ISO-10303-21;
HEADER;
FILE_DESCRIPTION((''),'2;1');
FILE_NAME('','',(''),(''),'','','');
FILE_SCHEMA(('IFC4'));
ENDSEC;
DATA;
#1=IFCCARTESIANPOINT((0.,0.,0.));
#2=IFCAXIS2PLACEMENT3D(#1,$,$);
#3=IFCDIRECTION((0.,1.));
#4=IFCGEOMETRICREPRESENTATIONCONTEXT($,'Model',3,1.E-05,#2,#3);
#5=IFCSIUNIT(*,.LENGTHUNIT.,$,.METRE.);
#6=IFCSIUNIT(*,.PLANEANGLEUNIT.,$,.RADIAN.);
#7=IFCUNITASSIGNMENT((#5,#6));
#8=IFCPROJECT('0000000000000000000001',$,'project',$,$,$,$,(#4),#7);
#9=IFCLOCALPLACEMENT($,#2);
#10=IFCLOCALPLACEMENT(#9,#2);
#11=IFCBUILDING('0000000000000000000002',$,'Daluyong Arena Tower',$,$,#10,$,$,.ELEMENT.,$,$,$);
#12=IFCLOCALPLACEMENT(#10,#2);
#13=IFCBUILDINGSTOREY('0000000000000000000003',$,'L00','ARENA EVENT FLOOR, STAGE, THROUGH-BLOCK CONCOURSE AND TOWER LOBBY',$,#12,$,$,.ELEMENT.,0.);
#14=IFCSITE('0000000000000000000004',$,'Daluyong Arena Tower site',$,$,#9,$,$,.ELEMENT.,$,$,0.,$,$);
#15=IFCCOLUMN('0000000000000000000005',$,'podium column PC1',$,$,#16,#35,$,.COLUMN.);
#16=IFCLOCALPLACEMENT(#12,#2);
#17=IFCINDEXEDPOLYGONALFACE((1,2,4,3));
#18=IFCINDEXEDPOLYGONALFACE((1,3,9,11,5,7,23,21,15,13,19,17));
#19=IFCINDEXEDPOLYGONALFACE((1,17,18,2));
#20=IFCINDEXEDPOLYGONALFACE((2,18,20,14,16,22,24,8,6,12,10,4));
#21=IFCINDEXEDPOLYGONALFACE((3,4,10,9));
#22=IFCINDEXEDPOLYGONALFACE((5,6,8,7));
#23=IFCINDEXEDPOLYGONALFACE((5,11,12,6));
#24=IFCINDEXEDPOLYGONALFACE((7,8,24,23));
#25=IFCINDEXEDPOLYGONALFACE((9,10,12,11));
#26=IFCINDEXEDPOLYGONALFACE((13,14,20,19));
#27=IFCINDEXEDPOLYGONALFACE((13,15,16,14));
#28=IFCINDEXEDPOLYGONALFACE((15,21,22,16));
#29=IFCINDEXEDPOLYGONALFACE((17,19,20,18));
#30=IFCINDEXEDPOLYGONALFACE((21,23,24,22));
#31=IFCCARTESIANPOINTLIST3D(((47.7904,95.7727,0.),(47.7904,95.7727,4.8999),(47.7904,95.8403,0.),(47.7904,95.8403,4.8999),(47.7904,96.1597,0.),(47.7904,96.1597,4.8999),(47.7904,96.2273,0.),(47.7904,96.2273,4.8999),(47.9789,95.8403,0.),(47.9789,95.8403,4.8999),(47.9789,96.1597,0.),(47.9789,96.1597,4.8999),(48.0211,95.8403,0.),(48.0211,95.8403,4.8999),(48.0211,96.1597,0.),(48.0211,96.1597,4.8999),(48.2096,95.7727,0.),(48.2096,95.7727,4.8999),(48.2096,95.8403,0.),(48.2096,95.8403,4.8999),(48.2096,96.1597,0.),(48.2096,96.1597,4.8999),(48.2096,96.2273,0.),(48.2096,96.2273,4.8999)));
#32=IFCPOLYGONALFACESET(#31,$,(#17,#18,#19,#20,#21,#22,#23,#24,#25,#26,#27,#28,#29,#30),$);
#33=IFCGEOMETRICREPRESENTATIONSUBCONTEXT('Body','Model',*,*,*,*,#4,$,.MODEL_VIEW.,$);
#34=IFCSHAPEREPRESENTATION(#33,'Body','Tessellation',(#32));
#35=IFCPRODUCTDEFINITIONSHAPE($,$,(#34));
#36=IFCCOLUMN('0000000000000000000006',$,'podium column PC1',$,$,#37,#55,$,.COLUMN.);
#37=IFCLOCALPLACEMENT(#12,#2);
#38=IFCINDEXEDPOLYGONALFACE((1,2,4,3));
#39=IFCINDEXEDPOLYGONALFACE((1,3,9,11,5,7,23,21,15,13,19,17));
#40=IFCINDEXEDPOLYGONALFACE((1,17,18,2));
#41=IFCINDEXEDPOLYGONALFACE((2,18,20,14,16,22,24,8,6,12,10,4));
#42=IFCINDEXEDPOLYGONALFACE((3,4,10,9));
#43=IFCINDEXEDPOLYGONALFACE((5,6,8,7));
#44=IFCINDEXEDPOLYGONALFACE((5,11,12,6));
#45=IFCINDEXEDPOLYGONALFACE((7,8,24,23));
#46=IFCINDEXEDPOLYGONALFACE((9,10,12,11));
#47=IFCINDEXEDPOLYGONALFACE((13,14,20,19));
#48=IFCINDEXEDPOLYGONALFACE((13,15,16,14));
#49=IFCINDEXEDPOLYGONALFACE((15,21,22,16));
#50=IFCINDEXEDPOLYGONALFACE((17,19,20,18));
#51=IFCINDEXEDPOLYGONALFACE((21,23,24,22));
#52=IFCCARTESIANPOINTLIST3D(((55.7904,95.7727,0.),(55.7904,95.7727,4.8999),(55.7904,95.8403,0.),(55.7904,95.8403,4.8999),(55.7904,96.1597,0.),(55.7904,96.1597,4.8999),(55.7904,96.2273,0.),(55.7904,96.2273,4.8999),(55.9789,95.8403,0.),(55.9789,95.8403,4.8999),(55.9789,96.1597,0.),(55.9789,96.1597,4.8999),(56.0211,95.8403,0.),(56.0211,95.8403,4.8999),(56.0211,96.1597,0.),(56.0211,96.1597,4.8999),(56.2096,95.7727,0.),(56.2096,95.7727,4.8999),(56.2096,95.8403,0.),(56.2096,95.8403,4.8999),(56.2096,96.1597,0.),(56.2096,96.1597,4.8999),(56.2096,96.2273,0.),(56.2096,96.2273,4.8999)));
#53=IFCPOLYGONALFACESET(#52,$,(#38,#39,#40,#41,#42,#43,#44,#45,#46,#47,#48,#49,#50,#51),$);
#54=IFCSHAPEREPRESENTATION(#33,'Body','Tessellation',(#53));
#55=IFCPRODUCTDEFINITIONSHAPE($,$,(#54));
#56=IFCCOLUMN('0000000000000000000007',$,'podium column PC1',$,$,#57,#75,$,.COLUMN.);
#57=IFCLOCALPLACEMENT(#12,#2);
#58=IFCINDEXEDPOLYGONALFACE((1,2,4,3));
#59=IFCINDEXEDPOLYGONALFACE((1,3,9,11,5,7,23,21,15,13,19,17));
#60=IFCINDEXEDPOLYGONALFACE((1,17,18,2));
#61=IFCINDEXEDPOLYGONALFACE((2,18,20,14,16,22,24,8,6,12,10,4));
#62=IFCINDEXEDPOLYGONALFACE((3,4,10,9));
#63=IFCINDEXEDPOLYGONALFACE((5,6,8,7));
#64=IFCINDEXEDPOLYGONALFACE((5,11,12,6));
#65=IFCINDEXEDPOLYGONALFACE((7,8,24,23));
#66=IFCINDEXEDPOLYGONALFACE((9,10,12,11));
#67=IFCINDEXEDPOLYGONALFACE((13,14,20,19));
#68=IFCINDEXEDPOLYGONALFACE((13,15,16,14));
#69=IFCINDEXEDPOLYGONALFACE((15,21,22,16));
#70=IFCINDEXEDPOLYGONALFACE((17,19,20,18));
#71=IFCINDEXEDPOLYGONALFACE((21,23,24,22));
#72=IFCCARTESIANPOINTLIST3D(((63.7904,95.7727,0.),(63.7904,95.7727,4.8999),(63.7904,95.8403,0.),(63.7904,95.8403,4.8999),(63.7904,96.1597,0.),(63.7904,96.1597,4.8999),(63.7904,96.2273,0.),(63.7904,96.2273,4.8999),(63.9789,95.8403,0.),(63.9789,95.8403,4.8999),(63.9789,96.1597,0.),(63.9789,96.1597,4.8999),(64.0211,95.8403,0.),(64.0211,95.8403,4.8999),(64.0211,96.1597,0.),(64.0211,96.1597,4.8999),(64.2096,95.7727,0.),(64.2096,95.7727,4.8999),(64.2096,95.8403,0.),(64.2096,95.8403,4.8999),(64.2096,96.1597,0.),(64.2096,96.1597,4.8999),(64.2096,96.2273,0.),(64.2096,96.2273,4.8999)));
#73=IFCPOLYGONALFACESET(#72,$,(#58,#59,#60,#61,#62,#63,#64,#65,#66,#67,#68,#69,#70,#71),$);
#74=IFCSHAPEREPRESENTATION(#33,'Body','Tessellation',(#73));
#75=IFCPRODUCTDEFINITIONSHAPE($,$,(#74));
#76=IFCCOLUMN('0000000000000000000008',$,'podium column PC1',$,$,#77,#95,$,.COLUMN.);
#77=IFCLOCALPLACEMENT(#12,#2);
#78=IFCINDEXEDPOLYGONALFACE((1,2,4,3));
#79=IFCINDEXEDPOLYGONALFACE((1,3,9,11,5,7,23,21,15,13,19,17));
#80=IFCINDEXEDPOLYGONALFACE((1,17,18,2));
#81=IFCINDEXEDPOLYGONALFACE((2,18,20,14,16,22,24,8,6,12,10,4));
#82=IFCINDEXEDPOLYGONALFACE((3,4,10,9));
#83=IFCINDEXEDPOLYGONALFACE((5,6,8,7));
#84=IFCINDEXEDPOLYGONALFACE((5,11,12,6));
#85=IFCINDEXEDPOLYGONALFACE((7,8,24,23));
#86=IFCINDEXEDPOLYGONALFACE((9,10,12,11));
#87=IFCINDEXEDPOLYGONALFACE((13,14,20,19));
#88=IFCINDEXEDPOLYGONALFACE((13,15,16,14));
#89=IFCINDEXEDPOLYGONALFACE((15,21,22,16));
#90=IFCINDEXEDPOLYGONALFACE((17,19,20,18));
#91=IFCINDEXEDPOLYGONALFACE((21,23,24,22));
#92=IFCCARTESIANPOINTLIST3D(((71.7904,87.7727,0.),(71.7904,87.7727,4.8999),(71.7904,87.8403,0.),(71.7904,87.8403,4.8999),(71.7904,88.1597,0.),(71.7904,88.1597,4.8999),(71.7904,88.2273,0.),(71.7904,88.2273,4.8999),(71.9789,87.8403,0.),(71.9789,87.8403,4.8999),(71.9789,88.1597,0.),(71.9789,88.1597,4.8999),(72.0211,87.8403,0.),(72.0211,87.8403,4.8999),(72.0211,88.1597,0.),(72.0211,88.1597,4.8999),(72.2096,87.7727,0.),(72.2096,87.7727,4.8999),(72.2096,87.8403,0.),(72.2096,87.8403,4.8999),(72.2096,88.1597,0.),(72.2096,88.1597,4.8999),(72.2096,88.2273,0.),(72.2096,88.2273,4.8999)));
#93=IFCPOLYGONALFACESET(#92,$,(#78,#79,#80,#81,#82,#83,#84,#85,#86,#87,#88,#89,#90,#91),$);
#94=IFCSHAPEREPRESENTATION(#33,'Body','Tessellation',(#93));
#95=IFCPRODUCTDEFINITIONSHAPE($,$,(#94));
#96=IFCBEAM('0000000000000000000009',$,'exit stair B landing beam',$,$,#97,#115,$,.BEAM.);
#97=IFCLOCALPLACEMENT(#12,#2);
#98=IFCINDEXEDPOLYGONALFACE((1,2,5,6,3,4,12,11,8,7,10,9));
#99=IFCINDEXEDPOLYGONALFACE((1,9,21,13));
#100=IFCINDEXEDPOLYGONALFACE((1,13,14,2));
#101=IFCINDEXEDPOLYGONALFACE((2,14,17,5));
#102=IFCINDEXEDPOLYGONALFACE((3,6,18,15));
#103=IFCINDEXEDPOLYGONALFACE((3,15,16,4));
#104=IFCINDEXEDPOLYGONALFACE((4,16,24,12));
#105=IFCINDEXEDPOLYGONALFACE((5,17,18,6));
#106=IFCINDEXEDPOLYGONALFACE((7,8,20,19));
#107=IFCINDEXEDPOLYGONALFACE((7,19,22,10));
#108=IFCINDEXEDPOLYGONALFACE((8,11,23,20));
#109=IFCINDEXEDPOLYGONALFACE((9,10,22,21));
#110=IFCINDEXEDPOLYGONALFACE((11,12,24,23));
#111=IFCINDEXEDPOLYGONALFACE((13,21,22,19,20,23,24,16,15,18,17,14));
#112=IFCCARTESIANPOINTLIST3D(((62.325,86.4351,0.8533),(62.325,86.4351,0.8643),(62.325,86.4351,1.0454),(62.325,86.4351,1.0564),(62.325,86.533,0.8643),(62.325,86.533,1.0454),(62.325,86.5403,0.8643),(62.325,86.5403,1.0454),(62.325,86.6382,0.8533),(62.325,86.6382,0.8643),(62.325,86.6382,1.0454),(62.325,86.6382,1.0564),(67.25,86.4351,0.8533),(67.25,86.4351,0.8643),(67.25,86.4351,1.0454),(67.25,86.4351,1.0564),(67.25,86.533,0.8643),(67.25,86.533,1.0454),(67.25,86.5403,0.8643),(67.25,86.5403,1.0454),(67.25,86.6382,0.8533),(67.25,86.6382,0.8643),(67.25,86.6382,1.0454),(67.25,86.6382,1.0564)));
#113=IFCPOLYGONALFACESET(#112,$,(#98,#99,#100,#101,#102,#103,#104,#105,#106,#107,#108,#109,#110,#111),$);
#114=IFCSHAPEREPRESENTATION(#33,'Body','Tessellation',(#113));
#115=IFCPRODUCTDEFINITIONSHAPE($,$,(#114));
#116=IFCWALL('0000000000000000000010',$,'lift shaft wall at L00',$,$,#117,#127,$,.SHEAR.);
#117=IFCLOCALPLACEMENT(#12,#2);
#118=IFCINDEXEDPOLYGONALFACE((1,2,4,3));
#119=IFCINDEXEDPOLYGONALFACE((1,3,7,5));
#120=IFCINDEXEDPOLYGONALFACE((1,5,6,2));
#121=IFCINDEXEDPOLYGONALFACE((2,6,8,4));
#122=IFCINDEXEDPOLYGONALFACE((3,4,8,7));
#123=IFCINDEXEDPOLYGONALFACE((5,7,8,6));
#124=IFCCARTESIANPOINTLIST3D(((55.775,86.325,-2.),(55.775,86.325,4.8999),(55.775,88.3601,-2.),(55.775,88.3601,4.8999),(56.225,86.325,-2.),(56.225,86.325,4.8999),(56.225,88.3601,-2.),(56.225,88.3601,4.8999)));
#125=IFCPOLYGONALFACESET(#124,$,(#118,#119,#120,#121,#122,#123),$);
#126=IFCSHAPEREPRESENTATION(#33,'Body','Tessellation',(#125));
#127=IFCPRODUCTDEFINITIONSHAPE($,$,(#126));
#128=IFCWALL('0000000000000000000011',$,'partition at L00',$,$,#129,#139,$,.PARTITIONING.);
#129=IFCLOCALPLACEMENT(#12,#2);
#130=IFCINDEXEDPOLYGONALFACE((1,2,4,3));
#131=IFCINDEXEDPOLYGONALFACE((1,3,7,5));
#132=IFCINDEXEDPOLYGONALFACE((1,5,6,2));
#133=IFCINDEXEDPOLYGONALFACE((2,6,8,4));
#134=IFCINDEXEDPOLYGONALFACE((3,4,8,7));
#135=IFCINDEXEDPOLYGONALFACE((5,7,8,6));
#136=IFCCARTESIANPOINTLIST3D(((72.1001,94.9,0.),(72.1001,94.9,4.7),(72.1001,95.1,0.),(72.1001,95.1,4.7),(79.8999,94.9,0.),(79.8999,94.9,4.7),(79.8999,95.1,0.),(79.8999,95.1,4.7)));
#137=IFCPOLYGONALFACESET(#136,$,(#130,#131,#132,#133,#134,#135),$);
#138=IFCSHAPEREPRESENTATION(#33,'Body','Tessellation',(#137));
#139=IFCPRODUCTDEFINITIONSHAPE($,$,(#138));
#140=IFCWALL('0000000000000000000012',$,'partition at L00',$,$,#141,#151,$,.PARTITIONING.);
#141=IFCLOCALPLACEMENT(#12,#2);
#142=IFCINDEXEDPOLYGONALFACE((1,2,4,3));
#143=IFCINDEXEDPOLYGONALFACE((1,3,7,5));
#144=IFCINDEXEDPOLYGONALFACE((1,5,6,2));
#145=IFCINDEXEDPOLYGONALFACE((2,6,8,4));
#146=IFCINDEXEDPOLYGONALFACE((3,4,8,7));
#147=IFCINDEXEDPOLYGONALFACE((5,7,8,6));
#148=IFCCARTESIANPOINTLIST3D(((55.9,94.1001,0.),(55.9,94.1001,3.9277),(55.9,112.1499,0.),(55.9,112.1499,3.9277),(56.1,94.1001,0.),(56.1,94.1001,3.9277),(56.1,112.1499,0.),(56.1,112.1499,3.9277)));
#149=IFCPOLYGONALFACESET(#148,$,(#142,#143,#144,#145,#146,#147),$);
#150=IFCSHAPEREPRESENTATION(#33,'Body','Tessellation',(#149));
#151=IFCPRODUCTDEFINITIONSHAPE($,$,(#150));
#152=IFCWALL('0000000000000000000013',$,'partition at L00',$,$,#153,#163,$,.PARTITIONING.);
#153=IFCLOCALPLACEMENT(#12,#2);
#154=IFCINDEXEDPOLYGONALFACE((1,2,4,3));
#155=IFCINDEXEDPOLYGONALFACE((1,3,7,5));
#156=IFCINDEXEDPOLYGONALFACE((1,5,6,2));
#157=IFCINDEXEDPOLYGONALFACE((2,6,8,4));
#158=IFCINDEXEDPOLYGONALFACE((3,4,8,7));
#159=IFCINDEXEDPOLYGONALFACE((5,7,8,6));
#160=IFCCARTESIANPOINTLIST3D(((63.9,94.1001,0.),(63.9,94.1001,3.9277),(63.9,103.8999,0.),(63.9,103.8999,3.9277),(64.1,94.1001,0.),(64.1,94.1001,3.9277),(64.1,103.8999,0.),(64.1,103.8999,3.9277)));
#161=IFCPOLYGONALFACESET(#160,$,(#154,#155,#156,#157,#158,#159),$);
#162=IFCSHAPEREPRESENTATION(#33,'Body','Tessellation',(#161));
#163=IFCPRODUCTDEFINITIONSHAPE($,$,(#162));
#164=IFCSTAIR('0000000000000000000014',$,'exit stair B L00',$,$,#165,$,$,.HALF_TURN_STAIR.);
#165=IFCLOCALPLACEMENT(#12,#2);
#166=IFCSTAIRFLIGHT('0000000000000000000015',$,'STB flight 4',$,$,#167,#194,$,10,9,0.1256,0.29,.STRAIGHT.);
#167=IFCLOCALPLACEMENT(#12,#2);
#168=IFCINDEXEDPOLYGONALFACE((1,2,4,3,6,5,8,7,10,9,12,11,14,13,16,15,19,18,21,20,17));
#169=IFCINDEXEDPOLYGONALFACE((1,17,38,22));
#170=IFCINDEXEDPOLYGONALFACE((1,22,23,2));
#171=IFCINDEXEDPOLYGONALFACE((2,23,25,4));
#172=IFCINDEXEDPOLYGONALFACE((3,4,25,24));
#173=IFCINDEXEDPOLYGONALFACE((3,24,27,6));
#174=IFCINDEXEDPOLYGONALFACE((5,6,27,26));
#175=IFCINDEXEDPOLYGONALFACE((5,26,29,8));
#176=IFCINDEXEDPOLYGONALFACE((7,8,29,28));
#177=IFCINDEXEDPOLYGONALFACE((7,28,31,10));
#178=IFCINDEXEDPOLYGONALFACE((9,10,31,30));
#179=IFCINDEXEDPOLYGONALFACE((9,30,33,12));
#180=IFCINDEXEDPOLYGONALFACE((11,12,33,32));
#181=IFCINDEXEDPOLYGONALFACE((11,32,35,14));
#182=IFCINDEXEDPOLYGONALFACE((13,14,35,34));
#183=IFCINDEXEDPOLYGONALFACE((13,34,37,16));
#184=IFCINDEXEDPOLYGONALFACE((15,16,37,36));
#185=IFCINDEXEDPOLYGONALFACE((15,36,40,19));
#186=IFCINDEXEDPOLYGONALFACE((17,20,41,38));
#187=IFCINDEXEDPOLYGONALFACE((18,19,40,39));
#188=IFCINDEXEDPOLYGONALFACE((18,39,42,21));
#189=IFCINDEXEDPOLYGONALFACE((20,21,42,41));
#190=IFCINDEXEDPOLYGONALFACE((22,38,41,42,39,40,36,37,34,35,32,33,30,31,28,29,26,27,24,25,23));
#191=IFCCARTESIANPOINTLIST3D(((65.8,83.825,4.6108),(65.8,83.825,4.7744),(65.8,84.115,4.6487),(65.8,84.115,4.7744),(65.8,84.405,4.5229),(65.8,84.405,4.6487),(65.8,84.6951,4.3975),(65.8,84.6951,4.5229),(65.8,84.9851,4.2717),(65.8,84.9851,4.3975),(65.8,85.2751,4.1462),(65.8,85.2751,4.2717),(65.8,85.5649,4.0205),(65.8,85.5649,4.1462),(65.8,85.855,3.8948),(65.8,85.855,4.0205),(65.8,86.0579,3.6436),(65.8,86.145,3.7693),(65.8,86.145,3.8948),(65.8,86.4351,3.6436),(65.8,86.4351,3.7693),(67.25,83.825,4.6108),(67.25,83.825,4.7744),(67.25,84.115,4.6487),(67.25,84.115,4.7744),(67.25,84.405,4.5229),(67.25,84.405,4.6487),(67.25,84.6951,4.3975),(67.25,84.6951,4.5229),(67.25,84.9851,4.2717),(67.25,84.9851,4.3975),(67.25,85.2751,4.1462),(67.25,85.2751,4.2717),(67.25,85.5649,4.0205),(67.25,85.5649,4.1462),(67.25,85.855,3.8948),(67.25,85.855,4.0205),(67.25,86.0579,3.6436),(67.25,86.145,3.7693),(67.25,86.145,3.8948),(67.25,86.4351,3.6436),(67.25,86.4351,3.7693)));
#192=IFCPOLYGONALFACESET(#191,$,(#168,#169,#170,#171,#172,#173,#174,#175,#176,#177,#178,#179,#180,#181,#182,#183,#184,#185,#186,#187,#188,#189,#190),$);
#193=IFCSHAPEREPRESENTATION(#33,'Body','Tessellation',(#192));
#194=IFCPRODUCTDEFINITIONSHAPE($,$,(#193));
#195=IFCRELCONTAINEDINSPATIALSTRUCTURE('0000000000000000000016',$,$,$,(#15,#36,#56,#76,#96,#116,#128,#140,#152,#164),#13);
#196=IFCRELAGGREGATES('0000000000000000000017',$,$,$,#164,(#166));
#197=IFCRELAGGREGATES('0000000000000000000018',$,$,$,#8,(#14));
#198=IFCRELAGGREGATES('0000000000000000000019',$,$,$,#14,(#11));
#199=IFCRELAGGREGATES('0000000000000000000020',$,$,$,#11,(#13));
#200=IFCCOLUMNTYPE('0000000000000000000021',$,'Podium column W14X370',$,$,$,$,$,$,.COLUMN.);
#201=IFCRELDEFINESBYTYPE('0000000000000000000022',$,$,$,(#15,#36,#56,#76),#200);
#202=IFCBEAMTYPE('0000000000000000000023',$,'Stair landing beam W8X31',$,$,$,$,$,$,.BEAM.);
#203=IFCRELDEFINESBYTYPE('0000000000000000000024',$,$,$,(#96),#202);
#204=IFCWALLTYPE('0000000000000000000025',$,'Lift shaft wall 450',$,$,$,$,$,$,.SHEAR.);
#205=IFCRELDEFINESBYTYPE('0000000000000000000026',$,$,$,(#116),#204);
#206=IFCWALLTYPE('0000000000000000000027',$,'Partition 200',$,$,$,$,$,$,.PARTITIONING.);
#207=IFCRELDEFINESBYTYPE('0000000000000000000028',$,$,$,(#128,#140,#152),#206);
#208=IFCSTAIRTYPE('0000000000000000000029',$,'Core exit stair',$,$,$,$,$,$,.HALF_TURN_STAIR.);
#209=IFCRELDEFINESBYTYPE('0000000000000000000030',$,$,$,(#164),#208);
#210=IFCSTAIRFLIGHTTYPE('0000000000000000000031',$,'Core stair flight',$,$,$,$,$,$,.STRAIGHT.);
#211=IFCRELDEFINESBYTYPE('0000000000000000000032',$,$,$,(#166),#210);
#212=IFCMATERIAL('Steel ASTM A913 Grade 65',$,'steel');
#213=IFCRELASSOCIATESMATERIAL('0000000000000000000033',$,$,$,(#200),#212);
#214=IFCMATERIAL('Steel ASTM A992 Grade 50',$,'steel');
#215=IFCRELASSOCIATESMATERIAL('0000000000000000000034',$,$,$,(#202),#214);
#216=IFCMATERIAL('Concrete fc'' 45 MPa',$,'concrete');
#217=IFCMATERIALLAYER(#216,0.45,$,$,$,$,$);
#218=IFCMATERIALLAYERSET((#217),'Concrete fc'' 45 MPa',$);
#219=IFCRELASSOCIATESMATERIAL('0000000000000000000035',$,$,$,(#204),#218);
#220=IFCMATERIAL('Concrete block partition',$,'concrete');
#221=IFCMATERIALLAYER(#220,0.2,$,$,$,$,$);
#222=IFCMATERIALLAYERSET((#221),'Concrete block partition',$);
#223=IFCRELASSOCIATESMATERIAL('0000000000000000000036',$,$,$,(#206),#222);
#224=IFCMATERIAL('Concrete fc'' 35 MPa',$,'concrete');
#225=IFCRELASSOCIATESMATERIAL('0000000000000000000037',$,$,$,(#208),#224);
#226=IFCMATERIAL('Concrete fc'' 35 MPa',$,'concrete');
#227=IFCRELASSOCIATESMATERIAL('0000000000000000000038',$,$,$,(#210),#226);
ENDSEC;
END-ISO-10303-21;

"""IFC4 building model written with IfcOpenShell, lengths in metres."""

from ifc_helpers import new_model, si_unit, direction, frame, frame_2d, origin, origin_2d, place, context, subcontext, project, spatial, polyline, rectangle, i_section, outline, extrude, material, layer, layer_set, material_profile, profile_set, type_object, element, aggregate, save


model = new_model("IFC4")

# Units and contexts
model_context = context("Model", 3, precision=1e-05, world=origin(), true_north=direction((0.0, 1.0)))
body_context = subcontext(model_context, "Body", "Model", "MODEL_VIEW")
ifc_project = project(units=[si_unit("LENGTHUNIT", "METRE"), si_unit("PLANEANGLEUNIT", "RADIAN")], contexts=[model_context])

# Site, building, storey
site_placement = place(None, origin())
site = spatial("IfcSite", under=ifc_project, at=site_placement, Name="Daluyong Arena Tower site", CompositionType="ELEMENT", RefElevation=0.0)
building_placement = place(site_placement, origin())
building = spatial("IfcBuilding", under=site, at=building_placement, Name="Daluyong Arena Tower", CompositionType="ELEMENT")
storey_placement = place(building_placement, origin())
storey = spatial("IfcBuildingStorey", under=building, at=storey_placement, Name="L00", Description="ARENA EVENT FLOOR, STAGE, THROUGH-BLOCK CONCOURSE AND TOWER LOBBY", CompositionType="ELEMENT", Elevation=0.0)

# Columns
ifc_material_1 = material(Name="Steel ASTM A913 Grade 65", Category="steel")
ifc_material_profile_1 = material_profile(ifc_material_1, i_section(OverallWidth=0.4192, OverallDepth=0.4546, WebThickness=0.0422, FlangeThickness=0.0676, at=origin_2d()))
ifc_profile_set_1 = profile_set([ifc_material_profile_1], Name="Steel ASTM A913 Grade 65")
column_type_1 = type_object("IfcColumnType", Name="Podium column W14X370", PredefinedType="COLUMN", material=ifc_profile_set_1)
for number, where, z_axis, x_axis, name in (
    (1, (48.0, 96.0, 0.0), (0.0, 0.0, 1.0), (1.0, 0.0, 0.0), "podium column PC1"),
    (2, (56.0, 96.0, 0.0), (0.0, 0.0, 1.0), (1.0, 0.0, 0.0), "podium column PC1"),
    (3, (64.0, 96.0, 0.0), (0.0, 0.0, 1.0), (1.0, 0.0, 0.0), "podium column PC1"),
    (4, (72.0, 88.0, 0.0), (0.0, 0.0, 1.0), (1.0, 0.0, 0.0), "podium column PC1"),
):
    element("IfcColumn", number, at=place(storey_placement, frame(where, z_axis=z_axis, x_axis=x_axis)), inside=storey, type_object=column_type_1, Name=name, PredefinedType="COLUMN", context=body_context, shape_type="SweptSolid", body=[
        extrude(i_section(OverallWidth=0.4192, OverallDepth=0.4546, WebThickness=0.0422, FlangeThickness=0.0676, at=origin_2d()), origin(), (0.0, 0.0, 1.0), 4.8999),
    ])

# Beam
ifc_material_2 = material(Name="Steel ASTM A992 Grade 50", Category="steel")
ifc_material_profile_2 = material_profile(ifc_material_2, i_section(OverallWidth=0.2031, OverallDepth=0.2031, WebThickness=0.0073, FlangeThickness=0.011, at=origin_2d()))
ifc_profile_set_2 = profile_set([ifc_material_profile_2], Name="Steel ASTM A992 Grade 50")
beam_type = type_object("IfcBeamType", Name="Stair landing beam W8X31", PredefinedType="BEAM", material=ifc_profile_set_2)
beam_placement = place(storey_placement, frame((62.325, 86.5366, 0.9548), z_axis=(1.0, 0.0, 0.0), x_axis=(0.0, 1.0, 0.0)))
element("IfcBeam", 5, at=beam_placement, inside=storey, type_object=beam_type, Name="exit stair B landing beam", PredefinedType="BEAM", context=body_context, shape_type="SweptSolid", body=[
    extrude(i_section(OverallWidth=0.2031, OverallDepth=0.2031, WebThickness=0.0073, FlangeThickness=0.011, at=origin_2d()), origin(), (0.0, 0.0, 1.0), 4.925),
])

# Walls
ifc_material_3 = material(Name="Concrete fc' 45 MPa", Category="concrete")
ifc_layer_1 = layer(ifc_material_3, 0.45)
ifc_layer_set_1 = layer_set([ifc_layer_1], Name="Concrete fc' 45 MPa")
wall_type_1 = type_object("IfcWallType", Name="Lift shaft wall 450", PredefinedType="SHEAR", material=ifc_layer_set_1)
wall_1_placement = place(storey_placement, frame((56.0, 86.325, -2.0), z_axis=(0.0, 0.0, 1.0), x_axis=(0.0, 1.0, 0.0)))
element("IfcWall", 6, at=wall_1_placement, inside=storey, type_object=wall_type_1, Name="lift shaft wall at L00", PredefinedType="SHEAR", context=body_context, shape_type="SweptSolid", body=[
    extrude(rectangle(XDim=2.0352, YDim=0.45, at=frame_2d((1.0176, 0.0))), origin(), (0.0, 0.0, 1.0), 6.8999),
])
ifc_material_4 = material(Name="Concrete block partition", Category="concrete")
ifc_layer_2 = layer(ifc_material_4, 0.2)
ifc_layer_set_2 = layer_set([ifc_layer_2], Name="Concrete block partition")
wall_type_2 = type_object("IfcWallType", Name="Partition 200", PredefinedType="PARTITIONING", material=ifc_layer_set_2)
wall_2_placement = place(storey_placement, frame((72.1001, 95.0, 0.0), z_axis=(0.0, 0.0, 1.0), x_axis=(1.0, 0.0, 0.0)))
element("IfcWall", 7, at=wall_2_placement, inside=storey, type_object=wall_type_2, Name="partition at L00", PredefinedType="PARTITIONING", context=body_context, shape_type="SweptSolid", body=[
    extrude(rectangle(XDim=7.7998, YDim=0.2, at=frame_2d((3.8999, 0.0))), origin(), (0.0, 0.0, 1.0), 4.7),
])
wall_3_placement = place(storey_placement, frame((56.0, 94.1001, 0.0), z_axis=(0.0, 0.0, 1.0), x_axis=(0.0, 1.0, 0.0)))
element("IfcWall", 8, at=wall_3_placement, inside=storey, type_object=wall_type_2, Name="partition at L00", PredefinedType="PARTITIONING", context=body_context, shape_type="SweptSolid", body=[
    extrude(rectangle(XDim=18.0498, YDim=0.2, at=frame_2d((9.0249, 0.0))), origin(), (0.0, 0.0, 1.0), 3.9277),
])
wall_4_placement = place(storey_placement, frame((64.0, 94.1001, 0.0), z_axis=(0.0, 0.0, 1.0), x_axis=(0.0, 1.0, 0.0)))
element("IfcWall", 9, at=wall_4_placement, inside=storey, type_object=wall_type_2, Name="partition at L00", PredefinedType="PARTITIONING", context=body_context, shape_type="SweptSolid", body=[
    extrude(rectangle(XDim=9.7998, YDim=0.2, at=frame_2d((4.8999, 0.0))), origin(), (0.0, 0.0, 1.0), 3.9277),
])

# Stair, stair flight
ifc_material_5 = material(Name="Concrete fc' 35 MPa", Category="concrete")
stair_type = type_object("IfcStairType", Name="Core exit stair", PredefinedType="HALF_TURN_STAIR", material=ifc_material_5)
stair_placement = place(storey_placement, origin())
stair = element("IfcStair", 10, at=stair_placement, inside=storey, type_object=stair_type, Name="exit stair B L00", PredefinedType="HALF_TURN_STAIR")
ifc_material_6 = material(Name="Concrete fc' 35 MPa", Category="concrete")
stair_flight_type = type_object("IfcStairFlightType", Name="Core stair flight", PredefinedType="STRAIGHT", material=ifc_material_6)
stair_flight_placement = place(storey_placement, frame((66.5249, 86.4351, 3.6436), z_axis=(0.0, 0.0, 1.0), x_axis=(0.0, -1.0, 0.0)))
stair_flight = element("IfcStairFlight", 11, at=stair_flight_placement, type_object=stair_flight_type, Name="STB flight 4", NumberOfRisers=10, NumberOfTreads=9, PredefinedType="STRAIGHT", RiserHeight=0.1256, TreadLength=0.29, context=body_context, shape_type="SweptSolid", body=[
    extrude(outline(polyline([(0.0, 0.0), (0.0, 0.1257), (0.29, 0.1257), (0.29, 0.2512), (0.5801, 0.2512), (0.5801, 0.377), (0.8701, 0.377), (0.8701, 0.5027), (1.1599, 0.5027), (1.1599, 0.6282), (1.45, 0.6282), (1.45, 0.7539), (1.74, 0.7539), (1.74, 0.8794), (2.03, 0.8794), (2.03, 1.0051), (2.3201, 1.0051), (2.3201, 1.1309), (2.6101, 1.1309), (2.6101, 1.2563), (2.6101, 0.9673), (0.3772, 0.0), (0.0, 0.0)])), frame((0.0, 0.7251, 0.0), z_axis=(0.0, -1.0, 0.0), x_axis=(1.0, 0.0, 0.0)), (0.0, 0.0, 1.0), 1.45),
])
aggregate(stair, [stair_flight])

save(model, "model.ifc")
